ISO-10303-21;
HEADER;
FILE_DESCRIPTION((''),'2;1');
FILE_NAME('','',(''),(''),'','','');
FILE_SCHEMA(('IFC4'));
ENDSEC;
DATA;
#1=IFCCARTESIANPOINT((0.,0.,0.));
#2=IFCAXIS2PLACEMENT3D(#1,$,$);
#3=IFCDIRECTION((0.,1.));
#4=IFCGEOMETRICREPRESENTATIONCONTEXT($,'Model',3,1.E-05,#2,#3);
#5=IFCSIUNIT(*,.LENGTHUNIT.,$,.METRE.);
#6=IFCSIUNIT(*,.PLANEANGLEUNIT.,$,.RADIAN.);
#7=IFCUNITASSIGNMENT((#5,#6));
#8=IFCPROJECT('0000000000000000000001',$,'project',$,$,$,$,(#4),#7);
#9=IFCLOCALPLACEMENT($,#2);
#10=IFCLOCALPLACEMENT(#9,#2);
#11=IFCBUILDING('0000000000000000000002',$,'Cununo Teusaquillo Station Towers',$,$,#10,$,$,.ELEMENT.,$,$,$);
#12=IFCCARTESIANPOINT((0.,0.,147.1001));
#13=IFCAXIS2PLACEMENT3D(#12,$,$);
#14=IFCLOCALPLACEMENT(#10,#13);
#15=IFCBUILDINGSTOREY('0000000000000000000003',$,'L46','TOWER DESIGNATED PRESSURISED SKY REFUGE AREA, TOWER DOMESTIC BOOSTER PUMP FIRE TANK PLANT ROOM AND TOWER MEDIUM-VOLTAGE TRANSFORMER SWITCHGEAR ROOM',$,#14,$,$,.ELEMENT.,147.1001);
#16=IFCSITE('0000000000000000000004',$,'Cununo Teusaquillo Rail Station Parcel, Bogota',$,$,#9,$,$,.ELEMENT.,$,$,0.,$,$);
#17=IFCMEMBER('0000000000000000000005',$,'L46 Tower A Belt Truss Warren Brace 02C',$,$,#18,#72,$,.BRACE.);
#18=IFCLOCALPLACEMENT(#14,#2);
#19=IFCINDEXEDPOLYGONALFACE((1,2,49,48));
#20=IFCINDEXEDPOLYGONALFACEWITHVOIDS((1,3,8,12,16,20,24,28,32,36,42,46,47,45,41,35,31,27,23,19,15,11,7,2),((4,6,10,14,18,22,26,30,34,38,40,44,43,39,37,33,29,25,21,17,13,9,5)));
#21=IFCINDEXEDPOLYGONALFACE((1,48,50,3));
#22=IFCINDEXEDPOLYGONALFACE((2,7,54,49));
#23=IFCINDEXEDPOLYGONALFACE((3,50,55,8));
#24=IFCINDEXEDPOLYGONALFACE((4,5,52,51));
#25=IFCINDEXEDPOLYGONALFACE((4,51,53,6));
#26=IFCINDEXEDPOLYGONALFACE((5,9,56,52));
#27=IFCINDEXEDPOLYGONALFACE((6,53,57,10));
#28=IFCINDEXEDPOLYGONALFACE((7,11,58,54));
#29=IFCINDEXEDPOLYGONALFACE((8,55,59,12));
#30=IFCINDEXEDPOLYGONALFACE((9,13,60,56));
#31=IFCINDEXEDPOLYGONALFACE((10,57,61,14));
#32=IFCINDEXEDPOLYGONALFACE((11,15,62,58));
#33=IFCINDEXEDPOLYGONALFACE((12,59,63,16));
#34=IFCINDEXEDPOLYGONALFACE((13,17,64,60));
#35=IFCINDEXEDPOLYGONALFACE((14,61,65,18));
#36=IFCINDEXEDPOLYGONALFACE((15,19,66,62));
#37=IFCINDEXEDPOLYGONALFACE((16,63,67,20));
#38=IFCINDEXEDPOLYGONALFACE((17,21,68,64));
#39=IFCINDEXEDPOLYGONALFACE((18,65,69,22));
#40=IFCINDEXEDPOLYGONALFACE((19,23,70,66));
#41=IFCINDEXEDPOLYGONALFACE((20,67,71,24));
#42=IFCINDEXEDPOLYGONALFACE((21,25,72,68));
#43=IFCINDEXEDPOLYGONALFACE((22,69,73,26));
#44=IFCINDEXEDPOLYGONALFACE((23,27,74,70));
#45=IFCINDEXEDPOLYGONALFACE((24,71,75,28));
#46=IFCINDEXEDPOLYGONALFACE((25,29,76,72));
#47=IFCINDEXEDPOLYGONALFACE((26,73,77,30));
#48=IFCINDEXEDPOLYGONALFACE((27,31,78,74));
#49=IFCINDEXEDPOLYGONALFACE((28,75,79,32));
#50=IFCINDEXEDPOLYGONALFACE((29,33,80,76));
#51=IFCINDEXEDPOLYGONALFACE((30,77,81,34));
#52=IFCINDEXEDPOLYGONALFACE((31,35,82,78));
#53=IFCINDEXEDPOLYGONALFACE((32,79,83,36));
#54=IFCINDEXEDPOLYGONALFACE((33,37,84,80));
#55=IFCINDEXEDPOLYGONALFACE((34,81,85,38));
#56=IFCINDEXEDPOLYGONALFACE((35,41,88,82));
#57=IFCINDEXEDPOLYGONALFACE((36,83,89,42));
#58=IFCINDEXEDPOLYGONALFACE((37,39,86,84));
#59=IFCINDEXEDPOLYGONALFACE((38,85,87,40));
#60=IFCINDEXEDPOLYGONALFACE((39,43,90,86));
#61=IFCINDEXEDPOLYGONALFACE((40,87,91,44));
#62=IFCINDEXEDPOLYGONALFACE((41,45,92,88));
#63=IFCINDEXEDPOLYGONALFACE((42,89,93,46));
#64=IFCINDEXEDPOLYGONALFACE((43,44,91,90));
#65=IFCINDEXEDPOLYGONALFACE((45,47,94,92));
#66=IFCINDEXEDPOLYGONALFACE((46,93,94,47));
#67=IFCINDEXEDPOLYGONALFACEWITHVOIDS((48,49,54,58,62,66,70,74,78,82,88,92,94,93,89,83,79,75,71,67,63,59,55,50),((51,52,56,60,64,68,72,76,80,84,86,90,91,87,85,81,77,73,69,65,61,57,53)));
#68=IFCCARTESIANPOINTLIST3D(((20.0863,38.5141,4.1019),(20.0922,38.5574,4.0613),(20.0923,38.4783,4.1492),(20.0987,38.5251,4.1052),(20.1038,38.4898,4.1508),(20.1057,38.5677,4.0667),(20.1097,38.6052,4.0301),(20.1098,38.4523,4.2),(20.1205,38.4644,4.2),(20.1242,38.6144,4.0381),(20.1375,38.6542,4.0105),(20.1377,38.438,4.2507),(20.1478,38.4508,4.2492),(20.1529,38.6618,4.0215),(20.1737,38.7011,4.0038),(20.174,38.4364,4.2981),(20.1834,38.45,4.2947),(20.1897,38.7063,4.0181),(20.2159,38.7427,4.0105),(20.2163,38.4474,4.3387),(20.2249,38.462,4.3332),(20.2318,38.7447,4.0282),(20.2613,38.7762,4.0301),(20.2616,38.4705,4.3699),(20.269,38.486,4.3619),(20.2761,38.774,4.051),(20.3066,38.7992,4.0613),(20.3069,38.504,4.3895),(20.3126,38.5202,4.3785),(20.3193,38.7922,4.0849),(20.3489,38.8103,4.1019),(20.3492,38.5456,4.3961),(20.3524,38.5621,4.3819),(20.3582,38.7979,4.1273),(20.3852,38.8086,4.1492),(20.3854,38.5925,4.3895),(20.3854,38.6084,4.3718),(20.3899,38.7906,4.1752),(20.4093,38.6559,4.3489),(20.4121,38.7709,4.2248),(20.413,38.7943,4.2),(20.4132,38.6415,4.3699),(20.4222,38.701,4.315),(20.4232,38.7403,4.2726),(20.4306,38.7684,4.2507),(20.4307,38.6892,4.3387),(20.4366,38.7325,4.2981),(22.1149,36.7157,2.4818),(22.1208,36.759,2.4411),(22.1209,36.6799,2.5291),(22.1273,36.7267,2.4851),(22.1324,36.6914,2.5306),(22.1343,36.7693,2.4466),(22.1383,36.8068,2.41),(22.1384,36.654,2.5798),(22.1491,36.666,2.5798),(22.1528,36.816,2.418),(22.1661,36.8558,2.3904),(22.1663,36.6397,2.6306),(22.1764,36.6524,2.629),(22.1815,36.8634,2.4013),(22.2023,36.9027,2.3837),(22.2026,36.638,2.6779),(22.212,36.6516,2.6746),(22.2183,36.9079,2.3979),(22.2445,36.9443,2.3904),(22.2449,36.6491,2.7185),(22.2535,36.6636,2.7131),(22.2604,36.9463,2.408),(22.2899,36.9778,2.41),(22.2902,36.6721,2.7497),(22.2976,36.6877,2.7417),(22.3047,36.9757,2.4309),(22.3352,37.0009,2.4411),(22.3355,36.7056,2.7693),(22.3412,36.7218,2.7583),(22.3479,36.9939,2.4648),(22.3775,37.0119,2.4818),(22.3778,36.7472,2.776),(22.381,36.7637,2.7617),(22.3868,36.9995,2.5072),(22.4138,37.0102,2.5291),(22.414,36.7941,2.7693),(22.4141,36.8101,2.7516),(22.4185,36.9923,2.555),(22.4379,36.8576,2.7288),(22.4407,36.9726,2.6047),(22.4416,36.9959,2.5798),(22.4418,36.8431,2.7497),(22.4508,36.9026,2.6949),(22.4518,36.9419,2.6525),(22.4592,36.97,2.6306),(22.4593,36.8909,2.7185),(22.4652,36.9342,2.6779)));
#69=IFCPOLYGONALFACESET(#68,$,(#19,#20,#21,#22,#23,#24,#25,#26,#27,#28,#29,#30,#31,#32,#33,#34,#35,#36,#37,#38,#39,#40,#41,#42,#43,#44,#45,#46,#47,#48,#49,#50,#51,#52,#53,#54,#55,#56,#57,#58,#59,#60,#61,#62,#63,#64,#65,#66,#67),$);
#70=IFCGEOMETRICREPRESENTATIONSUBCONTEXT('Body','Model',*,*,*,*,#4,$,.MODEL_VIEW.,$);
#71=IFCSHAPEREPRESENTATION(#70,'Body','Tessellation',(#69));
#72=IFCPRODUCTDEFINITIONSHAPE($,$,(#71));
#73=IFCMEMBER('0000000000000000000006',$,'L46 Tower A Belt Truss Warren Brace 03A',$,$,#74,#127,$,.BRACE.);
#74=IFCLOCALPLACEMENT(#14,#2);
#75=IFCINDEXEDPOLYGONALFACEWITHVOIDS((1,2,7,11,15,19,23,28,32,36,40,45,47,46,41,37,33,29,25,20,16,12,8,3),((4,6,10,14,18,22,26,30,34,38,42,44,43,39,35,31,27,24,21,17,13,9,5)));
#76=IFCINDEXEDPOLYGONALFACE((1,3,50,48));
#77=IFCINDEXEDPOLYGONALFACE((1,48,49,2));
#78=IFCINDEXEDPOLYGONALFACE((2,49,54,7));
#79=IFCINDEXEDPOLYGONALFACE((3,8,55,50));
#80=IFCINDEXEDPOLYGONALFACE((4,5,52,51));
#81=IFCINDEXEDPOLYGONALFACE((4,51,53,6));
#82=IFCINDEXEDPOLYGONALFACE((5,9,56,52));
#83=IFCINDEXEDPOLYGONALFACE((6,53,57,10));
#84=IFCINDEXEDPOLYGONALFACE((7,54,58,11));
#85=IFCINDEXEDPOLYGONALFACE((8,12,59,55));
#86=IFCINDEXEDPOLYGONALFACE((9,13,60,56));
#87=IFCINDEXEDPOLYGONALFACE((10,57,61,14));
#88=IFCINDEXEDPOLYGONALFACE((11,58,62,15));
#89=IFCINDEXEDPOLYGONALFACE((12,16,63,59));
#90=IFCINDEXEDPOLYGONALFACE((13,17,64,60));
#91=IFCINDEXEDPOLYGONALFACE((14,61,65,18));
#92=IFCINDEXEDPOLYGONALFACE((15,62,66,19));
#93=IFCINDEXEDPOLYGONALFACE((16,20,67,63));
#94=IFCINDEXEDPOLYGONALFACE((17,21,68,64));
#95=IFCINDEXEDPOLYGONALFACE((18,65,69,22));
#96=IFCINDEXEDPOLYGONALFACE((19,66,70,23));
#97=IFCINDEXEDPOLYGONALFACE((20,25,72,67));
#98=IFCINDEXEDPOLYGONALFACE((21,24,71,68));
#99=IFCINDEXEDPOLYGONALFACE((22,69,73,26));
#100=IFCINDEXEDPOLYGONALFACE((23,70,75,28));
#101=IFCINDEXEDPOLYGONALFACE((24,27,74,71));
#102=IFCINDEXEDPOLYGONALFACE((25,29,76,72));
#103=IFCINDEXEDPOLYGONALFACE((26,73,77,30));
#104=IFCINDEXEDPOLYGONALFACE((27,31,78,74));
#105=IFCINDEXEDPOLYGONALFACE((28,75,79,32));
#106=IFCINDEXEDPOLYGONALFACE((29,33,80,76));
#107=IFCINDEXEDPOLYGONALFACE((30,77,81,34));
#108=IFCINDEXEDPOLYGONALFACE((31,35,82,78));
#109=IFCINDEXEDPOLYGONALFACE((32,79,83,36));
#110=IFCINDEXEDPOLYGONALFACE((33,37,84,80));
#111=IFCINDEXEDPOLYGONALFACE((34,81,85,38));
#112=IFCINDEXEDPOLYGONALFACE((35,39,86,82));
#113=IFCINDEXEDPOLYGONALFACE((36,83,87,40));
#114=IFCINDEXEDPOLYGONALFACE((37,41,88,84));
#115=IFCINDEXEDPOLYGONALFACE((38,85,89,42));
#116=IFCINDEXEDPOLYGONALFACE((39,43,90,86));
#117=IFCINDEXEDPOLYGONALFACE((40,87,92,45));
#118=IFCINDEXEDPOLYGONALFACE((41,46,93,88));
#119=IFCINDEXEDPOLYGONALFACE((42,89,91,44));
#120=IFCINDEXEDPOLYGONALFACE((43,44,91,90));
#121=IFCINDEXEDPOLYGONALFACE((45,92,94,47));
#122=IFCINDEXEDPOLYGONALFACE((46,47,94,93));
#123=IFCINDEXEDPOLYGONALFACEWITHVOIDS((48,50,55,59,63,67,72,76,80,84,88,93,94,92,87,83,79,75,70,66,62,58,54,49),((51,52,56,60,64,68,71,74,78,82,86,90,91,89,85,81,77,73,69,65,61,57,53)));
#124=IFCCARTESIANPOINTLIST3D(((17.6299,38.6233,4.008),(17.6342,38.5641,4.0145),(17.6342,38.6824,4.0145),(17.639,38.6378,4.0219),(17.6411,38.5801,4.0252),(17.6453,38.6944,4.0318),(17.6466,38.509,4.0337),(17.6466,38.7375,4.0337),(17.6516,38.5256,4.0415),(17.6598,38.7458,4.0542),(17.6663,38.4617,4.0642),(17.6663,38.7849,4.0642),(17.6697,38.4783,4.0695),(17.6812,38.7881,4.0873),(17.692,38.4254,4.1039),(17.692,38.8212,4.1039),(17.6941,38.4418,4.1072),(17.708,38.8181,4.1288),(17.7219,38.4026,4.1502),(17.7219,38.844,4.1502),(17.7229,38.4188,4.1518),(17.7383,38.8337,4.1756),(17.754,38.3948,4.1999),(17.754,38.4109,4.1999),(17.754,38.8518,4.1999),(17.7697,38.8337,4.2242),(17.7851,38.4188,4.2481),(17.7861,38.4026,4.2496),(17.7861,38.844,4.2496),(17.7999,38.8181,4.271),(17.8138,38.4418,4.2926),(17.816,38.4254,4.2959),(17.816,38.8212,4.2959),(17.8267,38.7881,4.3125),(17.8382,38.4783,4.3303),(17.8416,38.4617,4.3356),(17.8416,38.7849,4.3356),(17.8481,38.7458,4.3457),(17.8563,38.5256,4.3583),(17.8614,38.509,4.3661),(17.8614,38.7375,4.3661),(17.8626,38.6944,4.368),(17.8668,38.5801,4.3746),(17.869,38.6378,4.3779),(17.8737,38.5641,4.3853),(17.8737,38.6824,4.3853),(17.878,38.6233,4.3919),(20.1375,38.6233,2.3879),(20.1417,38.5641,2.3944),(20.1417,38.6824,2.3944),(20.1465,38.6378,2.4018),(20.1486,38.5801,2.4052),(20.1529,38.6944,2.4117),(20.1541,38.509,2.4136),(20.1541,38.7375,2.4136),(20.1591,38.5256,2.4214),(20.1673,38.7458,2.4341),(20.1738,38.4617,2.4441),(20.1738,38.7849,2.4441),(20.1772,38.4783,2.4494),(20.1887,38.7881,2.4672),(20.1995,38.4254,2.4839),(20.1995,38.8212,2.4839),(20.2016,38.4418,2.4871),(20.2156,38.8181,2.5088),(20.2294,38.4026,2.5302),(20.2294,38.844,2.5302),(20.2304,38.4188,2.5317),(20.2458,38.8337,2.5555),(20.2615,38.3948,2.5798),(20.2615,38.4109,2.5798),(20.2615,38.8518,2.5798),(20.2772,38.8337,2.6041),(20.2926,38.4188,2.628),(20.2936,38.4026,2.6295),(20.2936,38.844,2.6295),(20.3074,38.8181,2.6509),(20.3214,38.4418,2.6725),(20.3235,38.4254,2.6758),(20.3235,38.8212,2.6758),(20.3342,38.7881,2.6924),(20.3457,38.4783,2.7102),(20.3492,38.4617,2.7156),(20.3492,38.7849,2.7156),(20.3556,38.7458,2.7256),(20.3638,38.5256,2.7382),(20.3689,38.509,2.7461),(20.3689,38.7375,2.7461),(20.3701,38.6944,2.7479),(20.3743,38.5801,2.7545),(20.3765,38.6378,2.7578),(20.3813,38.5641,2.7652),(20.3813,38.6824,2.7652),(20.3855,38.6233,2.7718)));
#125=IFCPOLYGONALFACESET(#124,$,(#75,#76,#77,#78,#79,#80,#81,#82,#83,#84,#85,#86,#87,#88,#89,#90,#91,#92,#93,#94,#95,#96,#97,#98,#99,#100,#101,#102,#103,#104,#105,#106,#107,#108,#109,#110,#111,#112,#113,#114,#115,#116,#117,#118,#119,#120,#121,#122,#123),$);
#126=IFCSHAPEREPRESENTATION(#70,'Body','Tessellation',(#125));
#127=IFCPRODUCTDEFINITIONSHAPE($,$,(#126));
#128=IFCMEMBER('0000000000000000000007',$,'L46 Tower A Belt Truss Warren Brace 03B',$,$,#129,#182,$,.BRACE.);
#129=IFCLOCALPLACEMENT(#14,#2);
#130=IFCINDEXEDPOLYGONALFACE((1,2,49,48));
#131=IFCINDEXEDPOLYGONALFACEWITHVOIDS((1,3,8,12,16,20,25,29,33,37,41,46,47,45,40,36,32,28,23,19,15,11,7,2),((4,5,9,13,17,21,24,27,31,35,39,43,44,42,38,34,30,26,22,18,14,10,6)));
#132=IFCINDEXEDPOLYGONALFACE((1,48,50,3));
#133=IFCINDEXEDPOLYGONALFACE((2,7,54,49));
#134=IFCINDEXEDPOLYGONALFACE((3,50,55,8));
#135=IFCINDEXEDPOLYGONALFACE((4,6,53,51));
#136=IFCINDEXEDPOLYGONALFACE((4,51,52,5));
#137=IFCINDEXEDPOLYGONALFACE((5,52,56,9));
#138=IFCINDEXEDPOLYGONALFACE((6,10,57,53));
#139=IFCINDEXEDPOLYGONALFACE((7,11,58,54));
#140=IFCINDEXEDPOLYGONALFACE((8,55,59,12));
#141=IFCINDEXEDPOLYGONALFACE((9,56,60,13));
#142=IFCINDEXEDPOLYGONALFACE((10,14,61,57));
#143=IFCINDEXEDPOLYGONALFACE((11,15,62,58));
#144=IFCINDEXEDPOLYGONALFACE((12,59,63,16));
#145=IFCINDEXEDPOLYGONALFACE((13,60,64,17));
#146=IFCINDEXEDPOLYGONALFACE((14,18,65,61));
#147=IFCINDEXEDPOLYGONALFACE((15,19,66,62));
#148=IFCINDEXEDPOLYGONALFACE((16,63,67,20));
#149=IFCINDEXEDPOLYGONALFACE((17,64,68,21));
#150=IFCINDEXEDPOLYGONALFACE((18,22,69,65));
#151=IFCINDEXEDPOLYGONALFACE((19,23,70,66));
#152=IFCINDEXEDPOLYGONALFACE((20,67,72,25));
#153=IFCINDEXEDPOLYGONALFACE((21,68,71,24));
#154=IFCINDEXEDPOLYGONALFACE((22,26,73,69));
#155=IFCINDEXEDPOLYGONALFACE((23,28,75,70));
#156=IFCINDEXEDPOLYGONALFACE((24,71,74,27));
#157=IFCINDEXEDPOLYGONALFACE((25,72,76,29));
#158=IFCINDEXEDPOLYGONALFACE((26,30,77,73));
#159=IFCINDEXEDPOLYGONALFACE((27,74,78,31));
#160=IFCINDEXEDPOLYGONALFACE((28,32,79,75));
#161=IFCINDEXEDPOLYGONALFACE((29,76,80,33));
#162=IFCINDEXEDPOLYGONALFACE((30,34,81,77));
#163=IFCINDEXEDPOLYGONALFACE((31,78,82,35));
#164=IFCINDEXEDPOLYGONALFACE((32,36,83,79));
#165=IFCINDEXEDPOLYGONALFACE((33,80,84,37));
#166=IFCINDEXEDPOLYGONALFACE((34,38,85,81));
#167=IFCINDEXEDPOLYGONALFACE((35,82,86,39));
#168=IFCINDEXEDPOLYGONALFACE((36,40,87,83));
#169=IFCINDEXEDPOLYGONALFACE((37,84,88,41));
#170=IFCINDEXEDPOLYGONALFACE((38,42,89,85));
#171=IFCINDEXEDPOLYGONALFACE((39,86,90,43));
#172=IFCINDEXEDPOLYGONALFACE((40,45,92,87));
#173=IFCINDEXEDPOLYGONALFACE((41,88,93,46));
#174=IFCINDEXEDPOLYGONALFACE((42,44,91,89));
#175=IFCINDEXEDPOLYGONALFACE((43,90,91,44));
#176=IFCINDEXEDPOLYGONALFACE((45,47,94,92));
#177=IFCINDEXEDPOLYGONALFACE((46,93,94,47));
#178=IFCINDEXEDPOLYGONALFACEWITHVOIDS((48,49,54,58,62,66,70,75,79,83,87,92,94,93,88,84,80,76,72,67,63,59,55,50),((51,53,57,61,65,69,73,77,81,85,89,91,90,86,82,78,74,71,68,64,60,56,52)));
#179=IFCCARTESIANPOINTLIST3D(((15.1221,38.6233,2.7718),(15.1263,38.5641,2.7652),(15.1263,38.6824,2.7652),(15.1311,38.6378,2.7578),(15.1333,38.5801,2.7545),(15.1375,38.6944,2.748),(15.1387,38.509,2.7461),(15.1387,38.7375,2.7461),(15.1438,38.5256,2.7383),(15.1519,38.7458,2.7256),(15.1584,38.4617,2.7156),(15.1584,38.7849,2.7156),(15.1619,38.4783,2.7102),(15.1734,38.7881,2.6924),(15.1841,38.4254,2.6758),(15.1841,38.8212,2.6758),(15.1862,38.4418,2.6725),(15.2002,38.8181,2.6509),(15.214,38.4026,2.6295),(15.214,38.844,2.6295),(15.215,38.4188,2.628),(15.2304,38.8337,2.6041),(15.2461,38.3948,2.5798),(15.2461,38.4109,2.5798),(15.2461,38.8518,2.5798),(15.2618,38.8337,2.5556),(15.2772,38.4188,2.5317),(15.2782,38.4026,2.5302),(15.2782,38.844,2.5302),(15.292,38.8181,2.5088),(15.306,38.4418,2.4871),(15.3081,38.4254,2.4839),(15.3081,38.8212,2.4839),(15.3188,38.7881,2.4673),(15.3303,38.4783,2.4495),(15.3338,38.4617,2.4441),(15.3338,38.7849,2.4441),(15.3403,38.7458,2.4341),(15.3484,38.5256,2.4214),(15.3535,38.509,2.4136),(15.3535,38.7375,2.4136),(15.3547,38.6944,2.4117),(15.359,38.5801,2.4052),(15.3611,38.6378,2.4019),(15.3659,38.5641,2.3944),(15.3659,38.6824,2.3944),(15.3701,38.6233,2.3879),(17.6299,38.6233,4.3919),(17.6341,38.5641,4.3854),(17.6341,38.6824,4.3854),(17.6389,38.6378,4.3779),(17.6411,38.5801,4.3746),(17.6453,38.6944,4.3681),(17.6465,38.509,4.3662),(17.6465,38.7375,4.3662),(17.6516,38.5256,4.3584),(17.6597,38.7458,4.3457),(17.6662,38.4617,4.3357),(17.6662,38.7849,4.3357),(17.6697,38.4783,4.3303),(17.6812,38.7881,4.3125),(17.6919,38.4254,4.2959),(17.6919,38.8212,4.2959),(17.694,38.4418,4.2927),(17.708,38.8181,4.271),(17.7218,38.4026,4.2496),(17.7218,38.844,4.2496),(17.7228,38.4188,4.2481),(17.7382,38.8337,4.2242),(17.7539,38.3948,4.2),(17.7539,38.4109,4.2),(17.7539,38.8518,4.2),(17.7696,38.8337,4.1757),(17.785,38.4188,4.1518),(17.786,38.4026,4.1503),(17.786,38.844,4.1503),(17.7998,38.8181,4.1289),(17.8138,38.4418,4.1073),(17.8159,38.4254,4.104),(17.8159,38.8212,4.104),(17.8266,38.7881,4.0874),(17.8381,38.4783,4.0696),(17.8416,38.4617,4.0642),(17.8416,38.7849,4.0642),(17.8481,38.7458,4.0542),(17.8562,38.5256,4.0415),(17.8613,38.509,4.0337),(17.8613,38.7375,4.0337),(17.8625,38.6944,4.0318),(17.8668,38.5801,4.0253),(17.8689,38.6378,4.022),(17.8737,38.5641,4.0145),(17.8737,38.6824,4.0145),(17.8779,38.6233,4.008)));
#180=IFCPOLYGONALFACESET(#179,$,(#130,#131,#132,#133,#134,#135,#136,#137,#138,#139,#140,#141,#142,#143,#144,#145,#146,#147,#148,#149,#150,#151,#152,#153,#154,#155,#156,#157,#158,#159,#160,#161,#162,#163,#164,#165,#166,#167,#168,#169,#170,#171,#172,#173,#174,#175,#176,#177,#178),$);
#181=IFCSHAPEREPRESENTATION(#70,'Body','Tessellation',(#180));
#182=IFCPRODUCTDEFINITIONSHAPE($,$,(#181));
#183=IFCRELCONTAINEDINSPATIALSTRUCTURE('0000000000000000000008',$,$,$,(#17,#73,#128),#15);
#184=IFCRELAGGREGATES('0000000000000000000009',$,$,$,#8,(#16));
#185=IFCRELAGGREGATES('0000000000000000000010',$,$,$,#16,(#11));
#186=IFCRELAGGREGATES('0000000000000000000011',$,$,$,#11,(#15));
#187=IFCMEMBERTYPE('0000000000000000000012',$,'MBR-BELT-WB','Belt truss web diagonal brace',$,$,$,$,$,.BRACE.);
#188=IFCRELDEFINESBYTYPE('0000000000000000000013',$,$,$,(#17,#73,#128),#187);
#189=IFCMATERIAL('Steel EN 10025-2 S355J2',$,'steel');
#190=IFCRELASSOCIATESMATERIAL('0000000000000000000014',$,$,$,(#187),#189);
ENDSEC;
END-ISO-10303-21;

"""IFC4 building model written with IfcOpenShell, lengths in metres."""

from ifc_helpers import new_model, si_unit, direction, frame, origin, origin_2d, place, context, subcontext, project, spatial, hollow_circle, extrude, material, material_profile, profile_set, type_object, element, save


model = new_model("IFC4")

# Units and contexts
model_context = context("Model", 3, precision=1e-05, world=origin(), true_north=direction((0.0, 1.0)))
body_context = subcontext(model_context, "Body", "Model", "MODEL_VIEW")
ifc_project = project(units=[si_unit("LENGTHUNIT", "METRE"), si_unit("PLANEANGLEUNIT", "RADIAN")], contexts=[model_context])

# Site, building, storey
site_placement = place(None, origin())
site = spatial("IfcSite", under=ifc_project, at=site_placement, Name="Cununo Teusaquillo Rail Station Parcel, Bogota", CompositionType="ELEMENT", RefElevation=0.0)
building_placement = place(site_placement, origin())
building = spatial("IfcBuilding", under=site, at=building_placement, Name="Cununo Teusaquillo Station Towers", CompositionType="ELEMENT")
storey_placement = place(building_placement, frame((0.0, 0.0, 147.1001)))
storey = spatial("IfcBuildingStorey", under=building, at=storey_placement, Name="L46", Description="TOWER DESIGNATED PRESSURISED SKY REFUGE AREA, TOWER DOMESTIC BOOSTER PUMP FIRE TANK PLANT ROOM AND TOWER MEDIUM-VOLTAGE TRANSFORMER SWITCHGEAR ROOM", CompositionType="ELEMENT", Elevation=147.1001)

# Members
ifc_material_1 = material(Name="Steel EN 10025-2 S355J2", Category="steel")
ifc_material_profile_1 = material_profile(ifc_material_1, hollow_circle(Radius=0.2285, WallThickness=0.0161, at=origin_2d()), Name="CHS 457x16")
ifc_profile_set_1 = profile_set([ifc_material_profile_1], Name="Steel EN 10025-2 S355J2")
member_type_1 = type_object("IfcMemberType", Name="MBR-BELT-WB", Description="Belt truss web diagonal brace", PredefinedType="BRACE", material=ifc_profile_set_1)
member_1_placement = place(storey_placement, frame((22.29, 36.825, 2.5798), z_axis=(-0.642328, 0.569429, 0.512996), x_axis=(-0.663368, -0.748293, 0.0)))
element("IfcMember", 1, at=member_1_placement, inside=storey, type_object=member_type_1, Name="L46 Tower A Belt Truss Warren Brace 02C", PredefinedType="BRACE", context=body_context, shape_type="SweptSolid", body=[
    extrude(hollow_circle(Radius=0.2285, WallThickness=0.0161, at=origin_2d()), origin(), (0.0, 0.0, 1.0), 3.1582),
])
member_2_placement = place(storey_placement, frame((20.2615, 38.6233, 2.5798), z_axis=(-0.839941, 0.0, 0.542678), x_axis=(0.0, -1.0, 0.0)))
element("IfcMember", 2, at=member_2_placement, inside=storey, type_object=member_type_1, Name="L46 Tower A Belt Truss Warren Brace 03A", PredefinedType="BRACE", context=body_context, shape_type="SweptSolid", body=[
    extrude(hollow_circle(Radius=0.2285, WallThickness=0.0161, at=origin_2d()), origin(), (0.0, 0.0, 1.0), 2.9854),
])
member_3_placement = place(storey_placement, frame((17.7539, 38.6233, 4.2), z_axis=(-0.839965, 0.0, -0.542641), x_axis=(0.0, -1.0, 0.0)))
element("IfcMember", 3, at=member_3_placement, inside=storey, type_object=member_type_1, Name="L46 Tower A Belt Truss Warren Brace 03B", PredefinedType="BRACE", context=body_context, shape_type="SweptSolid", body=[
    extrude(hollow_circle(Radius=0.2285, WallThickness=0.0161, at=origin_2d()), origin(), (0.0, 0.0, 1.0), 2.9856),
])

save(model, "model.ifc")
